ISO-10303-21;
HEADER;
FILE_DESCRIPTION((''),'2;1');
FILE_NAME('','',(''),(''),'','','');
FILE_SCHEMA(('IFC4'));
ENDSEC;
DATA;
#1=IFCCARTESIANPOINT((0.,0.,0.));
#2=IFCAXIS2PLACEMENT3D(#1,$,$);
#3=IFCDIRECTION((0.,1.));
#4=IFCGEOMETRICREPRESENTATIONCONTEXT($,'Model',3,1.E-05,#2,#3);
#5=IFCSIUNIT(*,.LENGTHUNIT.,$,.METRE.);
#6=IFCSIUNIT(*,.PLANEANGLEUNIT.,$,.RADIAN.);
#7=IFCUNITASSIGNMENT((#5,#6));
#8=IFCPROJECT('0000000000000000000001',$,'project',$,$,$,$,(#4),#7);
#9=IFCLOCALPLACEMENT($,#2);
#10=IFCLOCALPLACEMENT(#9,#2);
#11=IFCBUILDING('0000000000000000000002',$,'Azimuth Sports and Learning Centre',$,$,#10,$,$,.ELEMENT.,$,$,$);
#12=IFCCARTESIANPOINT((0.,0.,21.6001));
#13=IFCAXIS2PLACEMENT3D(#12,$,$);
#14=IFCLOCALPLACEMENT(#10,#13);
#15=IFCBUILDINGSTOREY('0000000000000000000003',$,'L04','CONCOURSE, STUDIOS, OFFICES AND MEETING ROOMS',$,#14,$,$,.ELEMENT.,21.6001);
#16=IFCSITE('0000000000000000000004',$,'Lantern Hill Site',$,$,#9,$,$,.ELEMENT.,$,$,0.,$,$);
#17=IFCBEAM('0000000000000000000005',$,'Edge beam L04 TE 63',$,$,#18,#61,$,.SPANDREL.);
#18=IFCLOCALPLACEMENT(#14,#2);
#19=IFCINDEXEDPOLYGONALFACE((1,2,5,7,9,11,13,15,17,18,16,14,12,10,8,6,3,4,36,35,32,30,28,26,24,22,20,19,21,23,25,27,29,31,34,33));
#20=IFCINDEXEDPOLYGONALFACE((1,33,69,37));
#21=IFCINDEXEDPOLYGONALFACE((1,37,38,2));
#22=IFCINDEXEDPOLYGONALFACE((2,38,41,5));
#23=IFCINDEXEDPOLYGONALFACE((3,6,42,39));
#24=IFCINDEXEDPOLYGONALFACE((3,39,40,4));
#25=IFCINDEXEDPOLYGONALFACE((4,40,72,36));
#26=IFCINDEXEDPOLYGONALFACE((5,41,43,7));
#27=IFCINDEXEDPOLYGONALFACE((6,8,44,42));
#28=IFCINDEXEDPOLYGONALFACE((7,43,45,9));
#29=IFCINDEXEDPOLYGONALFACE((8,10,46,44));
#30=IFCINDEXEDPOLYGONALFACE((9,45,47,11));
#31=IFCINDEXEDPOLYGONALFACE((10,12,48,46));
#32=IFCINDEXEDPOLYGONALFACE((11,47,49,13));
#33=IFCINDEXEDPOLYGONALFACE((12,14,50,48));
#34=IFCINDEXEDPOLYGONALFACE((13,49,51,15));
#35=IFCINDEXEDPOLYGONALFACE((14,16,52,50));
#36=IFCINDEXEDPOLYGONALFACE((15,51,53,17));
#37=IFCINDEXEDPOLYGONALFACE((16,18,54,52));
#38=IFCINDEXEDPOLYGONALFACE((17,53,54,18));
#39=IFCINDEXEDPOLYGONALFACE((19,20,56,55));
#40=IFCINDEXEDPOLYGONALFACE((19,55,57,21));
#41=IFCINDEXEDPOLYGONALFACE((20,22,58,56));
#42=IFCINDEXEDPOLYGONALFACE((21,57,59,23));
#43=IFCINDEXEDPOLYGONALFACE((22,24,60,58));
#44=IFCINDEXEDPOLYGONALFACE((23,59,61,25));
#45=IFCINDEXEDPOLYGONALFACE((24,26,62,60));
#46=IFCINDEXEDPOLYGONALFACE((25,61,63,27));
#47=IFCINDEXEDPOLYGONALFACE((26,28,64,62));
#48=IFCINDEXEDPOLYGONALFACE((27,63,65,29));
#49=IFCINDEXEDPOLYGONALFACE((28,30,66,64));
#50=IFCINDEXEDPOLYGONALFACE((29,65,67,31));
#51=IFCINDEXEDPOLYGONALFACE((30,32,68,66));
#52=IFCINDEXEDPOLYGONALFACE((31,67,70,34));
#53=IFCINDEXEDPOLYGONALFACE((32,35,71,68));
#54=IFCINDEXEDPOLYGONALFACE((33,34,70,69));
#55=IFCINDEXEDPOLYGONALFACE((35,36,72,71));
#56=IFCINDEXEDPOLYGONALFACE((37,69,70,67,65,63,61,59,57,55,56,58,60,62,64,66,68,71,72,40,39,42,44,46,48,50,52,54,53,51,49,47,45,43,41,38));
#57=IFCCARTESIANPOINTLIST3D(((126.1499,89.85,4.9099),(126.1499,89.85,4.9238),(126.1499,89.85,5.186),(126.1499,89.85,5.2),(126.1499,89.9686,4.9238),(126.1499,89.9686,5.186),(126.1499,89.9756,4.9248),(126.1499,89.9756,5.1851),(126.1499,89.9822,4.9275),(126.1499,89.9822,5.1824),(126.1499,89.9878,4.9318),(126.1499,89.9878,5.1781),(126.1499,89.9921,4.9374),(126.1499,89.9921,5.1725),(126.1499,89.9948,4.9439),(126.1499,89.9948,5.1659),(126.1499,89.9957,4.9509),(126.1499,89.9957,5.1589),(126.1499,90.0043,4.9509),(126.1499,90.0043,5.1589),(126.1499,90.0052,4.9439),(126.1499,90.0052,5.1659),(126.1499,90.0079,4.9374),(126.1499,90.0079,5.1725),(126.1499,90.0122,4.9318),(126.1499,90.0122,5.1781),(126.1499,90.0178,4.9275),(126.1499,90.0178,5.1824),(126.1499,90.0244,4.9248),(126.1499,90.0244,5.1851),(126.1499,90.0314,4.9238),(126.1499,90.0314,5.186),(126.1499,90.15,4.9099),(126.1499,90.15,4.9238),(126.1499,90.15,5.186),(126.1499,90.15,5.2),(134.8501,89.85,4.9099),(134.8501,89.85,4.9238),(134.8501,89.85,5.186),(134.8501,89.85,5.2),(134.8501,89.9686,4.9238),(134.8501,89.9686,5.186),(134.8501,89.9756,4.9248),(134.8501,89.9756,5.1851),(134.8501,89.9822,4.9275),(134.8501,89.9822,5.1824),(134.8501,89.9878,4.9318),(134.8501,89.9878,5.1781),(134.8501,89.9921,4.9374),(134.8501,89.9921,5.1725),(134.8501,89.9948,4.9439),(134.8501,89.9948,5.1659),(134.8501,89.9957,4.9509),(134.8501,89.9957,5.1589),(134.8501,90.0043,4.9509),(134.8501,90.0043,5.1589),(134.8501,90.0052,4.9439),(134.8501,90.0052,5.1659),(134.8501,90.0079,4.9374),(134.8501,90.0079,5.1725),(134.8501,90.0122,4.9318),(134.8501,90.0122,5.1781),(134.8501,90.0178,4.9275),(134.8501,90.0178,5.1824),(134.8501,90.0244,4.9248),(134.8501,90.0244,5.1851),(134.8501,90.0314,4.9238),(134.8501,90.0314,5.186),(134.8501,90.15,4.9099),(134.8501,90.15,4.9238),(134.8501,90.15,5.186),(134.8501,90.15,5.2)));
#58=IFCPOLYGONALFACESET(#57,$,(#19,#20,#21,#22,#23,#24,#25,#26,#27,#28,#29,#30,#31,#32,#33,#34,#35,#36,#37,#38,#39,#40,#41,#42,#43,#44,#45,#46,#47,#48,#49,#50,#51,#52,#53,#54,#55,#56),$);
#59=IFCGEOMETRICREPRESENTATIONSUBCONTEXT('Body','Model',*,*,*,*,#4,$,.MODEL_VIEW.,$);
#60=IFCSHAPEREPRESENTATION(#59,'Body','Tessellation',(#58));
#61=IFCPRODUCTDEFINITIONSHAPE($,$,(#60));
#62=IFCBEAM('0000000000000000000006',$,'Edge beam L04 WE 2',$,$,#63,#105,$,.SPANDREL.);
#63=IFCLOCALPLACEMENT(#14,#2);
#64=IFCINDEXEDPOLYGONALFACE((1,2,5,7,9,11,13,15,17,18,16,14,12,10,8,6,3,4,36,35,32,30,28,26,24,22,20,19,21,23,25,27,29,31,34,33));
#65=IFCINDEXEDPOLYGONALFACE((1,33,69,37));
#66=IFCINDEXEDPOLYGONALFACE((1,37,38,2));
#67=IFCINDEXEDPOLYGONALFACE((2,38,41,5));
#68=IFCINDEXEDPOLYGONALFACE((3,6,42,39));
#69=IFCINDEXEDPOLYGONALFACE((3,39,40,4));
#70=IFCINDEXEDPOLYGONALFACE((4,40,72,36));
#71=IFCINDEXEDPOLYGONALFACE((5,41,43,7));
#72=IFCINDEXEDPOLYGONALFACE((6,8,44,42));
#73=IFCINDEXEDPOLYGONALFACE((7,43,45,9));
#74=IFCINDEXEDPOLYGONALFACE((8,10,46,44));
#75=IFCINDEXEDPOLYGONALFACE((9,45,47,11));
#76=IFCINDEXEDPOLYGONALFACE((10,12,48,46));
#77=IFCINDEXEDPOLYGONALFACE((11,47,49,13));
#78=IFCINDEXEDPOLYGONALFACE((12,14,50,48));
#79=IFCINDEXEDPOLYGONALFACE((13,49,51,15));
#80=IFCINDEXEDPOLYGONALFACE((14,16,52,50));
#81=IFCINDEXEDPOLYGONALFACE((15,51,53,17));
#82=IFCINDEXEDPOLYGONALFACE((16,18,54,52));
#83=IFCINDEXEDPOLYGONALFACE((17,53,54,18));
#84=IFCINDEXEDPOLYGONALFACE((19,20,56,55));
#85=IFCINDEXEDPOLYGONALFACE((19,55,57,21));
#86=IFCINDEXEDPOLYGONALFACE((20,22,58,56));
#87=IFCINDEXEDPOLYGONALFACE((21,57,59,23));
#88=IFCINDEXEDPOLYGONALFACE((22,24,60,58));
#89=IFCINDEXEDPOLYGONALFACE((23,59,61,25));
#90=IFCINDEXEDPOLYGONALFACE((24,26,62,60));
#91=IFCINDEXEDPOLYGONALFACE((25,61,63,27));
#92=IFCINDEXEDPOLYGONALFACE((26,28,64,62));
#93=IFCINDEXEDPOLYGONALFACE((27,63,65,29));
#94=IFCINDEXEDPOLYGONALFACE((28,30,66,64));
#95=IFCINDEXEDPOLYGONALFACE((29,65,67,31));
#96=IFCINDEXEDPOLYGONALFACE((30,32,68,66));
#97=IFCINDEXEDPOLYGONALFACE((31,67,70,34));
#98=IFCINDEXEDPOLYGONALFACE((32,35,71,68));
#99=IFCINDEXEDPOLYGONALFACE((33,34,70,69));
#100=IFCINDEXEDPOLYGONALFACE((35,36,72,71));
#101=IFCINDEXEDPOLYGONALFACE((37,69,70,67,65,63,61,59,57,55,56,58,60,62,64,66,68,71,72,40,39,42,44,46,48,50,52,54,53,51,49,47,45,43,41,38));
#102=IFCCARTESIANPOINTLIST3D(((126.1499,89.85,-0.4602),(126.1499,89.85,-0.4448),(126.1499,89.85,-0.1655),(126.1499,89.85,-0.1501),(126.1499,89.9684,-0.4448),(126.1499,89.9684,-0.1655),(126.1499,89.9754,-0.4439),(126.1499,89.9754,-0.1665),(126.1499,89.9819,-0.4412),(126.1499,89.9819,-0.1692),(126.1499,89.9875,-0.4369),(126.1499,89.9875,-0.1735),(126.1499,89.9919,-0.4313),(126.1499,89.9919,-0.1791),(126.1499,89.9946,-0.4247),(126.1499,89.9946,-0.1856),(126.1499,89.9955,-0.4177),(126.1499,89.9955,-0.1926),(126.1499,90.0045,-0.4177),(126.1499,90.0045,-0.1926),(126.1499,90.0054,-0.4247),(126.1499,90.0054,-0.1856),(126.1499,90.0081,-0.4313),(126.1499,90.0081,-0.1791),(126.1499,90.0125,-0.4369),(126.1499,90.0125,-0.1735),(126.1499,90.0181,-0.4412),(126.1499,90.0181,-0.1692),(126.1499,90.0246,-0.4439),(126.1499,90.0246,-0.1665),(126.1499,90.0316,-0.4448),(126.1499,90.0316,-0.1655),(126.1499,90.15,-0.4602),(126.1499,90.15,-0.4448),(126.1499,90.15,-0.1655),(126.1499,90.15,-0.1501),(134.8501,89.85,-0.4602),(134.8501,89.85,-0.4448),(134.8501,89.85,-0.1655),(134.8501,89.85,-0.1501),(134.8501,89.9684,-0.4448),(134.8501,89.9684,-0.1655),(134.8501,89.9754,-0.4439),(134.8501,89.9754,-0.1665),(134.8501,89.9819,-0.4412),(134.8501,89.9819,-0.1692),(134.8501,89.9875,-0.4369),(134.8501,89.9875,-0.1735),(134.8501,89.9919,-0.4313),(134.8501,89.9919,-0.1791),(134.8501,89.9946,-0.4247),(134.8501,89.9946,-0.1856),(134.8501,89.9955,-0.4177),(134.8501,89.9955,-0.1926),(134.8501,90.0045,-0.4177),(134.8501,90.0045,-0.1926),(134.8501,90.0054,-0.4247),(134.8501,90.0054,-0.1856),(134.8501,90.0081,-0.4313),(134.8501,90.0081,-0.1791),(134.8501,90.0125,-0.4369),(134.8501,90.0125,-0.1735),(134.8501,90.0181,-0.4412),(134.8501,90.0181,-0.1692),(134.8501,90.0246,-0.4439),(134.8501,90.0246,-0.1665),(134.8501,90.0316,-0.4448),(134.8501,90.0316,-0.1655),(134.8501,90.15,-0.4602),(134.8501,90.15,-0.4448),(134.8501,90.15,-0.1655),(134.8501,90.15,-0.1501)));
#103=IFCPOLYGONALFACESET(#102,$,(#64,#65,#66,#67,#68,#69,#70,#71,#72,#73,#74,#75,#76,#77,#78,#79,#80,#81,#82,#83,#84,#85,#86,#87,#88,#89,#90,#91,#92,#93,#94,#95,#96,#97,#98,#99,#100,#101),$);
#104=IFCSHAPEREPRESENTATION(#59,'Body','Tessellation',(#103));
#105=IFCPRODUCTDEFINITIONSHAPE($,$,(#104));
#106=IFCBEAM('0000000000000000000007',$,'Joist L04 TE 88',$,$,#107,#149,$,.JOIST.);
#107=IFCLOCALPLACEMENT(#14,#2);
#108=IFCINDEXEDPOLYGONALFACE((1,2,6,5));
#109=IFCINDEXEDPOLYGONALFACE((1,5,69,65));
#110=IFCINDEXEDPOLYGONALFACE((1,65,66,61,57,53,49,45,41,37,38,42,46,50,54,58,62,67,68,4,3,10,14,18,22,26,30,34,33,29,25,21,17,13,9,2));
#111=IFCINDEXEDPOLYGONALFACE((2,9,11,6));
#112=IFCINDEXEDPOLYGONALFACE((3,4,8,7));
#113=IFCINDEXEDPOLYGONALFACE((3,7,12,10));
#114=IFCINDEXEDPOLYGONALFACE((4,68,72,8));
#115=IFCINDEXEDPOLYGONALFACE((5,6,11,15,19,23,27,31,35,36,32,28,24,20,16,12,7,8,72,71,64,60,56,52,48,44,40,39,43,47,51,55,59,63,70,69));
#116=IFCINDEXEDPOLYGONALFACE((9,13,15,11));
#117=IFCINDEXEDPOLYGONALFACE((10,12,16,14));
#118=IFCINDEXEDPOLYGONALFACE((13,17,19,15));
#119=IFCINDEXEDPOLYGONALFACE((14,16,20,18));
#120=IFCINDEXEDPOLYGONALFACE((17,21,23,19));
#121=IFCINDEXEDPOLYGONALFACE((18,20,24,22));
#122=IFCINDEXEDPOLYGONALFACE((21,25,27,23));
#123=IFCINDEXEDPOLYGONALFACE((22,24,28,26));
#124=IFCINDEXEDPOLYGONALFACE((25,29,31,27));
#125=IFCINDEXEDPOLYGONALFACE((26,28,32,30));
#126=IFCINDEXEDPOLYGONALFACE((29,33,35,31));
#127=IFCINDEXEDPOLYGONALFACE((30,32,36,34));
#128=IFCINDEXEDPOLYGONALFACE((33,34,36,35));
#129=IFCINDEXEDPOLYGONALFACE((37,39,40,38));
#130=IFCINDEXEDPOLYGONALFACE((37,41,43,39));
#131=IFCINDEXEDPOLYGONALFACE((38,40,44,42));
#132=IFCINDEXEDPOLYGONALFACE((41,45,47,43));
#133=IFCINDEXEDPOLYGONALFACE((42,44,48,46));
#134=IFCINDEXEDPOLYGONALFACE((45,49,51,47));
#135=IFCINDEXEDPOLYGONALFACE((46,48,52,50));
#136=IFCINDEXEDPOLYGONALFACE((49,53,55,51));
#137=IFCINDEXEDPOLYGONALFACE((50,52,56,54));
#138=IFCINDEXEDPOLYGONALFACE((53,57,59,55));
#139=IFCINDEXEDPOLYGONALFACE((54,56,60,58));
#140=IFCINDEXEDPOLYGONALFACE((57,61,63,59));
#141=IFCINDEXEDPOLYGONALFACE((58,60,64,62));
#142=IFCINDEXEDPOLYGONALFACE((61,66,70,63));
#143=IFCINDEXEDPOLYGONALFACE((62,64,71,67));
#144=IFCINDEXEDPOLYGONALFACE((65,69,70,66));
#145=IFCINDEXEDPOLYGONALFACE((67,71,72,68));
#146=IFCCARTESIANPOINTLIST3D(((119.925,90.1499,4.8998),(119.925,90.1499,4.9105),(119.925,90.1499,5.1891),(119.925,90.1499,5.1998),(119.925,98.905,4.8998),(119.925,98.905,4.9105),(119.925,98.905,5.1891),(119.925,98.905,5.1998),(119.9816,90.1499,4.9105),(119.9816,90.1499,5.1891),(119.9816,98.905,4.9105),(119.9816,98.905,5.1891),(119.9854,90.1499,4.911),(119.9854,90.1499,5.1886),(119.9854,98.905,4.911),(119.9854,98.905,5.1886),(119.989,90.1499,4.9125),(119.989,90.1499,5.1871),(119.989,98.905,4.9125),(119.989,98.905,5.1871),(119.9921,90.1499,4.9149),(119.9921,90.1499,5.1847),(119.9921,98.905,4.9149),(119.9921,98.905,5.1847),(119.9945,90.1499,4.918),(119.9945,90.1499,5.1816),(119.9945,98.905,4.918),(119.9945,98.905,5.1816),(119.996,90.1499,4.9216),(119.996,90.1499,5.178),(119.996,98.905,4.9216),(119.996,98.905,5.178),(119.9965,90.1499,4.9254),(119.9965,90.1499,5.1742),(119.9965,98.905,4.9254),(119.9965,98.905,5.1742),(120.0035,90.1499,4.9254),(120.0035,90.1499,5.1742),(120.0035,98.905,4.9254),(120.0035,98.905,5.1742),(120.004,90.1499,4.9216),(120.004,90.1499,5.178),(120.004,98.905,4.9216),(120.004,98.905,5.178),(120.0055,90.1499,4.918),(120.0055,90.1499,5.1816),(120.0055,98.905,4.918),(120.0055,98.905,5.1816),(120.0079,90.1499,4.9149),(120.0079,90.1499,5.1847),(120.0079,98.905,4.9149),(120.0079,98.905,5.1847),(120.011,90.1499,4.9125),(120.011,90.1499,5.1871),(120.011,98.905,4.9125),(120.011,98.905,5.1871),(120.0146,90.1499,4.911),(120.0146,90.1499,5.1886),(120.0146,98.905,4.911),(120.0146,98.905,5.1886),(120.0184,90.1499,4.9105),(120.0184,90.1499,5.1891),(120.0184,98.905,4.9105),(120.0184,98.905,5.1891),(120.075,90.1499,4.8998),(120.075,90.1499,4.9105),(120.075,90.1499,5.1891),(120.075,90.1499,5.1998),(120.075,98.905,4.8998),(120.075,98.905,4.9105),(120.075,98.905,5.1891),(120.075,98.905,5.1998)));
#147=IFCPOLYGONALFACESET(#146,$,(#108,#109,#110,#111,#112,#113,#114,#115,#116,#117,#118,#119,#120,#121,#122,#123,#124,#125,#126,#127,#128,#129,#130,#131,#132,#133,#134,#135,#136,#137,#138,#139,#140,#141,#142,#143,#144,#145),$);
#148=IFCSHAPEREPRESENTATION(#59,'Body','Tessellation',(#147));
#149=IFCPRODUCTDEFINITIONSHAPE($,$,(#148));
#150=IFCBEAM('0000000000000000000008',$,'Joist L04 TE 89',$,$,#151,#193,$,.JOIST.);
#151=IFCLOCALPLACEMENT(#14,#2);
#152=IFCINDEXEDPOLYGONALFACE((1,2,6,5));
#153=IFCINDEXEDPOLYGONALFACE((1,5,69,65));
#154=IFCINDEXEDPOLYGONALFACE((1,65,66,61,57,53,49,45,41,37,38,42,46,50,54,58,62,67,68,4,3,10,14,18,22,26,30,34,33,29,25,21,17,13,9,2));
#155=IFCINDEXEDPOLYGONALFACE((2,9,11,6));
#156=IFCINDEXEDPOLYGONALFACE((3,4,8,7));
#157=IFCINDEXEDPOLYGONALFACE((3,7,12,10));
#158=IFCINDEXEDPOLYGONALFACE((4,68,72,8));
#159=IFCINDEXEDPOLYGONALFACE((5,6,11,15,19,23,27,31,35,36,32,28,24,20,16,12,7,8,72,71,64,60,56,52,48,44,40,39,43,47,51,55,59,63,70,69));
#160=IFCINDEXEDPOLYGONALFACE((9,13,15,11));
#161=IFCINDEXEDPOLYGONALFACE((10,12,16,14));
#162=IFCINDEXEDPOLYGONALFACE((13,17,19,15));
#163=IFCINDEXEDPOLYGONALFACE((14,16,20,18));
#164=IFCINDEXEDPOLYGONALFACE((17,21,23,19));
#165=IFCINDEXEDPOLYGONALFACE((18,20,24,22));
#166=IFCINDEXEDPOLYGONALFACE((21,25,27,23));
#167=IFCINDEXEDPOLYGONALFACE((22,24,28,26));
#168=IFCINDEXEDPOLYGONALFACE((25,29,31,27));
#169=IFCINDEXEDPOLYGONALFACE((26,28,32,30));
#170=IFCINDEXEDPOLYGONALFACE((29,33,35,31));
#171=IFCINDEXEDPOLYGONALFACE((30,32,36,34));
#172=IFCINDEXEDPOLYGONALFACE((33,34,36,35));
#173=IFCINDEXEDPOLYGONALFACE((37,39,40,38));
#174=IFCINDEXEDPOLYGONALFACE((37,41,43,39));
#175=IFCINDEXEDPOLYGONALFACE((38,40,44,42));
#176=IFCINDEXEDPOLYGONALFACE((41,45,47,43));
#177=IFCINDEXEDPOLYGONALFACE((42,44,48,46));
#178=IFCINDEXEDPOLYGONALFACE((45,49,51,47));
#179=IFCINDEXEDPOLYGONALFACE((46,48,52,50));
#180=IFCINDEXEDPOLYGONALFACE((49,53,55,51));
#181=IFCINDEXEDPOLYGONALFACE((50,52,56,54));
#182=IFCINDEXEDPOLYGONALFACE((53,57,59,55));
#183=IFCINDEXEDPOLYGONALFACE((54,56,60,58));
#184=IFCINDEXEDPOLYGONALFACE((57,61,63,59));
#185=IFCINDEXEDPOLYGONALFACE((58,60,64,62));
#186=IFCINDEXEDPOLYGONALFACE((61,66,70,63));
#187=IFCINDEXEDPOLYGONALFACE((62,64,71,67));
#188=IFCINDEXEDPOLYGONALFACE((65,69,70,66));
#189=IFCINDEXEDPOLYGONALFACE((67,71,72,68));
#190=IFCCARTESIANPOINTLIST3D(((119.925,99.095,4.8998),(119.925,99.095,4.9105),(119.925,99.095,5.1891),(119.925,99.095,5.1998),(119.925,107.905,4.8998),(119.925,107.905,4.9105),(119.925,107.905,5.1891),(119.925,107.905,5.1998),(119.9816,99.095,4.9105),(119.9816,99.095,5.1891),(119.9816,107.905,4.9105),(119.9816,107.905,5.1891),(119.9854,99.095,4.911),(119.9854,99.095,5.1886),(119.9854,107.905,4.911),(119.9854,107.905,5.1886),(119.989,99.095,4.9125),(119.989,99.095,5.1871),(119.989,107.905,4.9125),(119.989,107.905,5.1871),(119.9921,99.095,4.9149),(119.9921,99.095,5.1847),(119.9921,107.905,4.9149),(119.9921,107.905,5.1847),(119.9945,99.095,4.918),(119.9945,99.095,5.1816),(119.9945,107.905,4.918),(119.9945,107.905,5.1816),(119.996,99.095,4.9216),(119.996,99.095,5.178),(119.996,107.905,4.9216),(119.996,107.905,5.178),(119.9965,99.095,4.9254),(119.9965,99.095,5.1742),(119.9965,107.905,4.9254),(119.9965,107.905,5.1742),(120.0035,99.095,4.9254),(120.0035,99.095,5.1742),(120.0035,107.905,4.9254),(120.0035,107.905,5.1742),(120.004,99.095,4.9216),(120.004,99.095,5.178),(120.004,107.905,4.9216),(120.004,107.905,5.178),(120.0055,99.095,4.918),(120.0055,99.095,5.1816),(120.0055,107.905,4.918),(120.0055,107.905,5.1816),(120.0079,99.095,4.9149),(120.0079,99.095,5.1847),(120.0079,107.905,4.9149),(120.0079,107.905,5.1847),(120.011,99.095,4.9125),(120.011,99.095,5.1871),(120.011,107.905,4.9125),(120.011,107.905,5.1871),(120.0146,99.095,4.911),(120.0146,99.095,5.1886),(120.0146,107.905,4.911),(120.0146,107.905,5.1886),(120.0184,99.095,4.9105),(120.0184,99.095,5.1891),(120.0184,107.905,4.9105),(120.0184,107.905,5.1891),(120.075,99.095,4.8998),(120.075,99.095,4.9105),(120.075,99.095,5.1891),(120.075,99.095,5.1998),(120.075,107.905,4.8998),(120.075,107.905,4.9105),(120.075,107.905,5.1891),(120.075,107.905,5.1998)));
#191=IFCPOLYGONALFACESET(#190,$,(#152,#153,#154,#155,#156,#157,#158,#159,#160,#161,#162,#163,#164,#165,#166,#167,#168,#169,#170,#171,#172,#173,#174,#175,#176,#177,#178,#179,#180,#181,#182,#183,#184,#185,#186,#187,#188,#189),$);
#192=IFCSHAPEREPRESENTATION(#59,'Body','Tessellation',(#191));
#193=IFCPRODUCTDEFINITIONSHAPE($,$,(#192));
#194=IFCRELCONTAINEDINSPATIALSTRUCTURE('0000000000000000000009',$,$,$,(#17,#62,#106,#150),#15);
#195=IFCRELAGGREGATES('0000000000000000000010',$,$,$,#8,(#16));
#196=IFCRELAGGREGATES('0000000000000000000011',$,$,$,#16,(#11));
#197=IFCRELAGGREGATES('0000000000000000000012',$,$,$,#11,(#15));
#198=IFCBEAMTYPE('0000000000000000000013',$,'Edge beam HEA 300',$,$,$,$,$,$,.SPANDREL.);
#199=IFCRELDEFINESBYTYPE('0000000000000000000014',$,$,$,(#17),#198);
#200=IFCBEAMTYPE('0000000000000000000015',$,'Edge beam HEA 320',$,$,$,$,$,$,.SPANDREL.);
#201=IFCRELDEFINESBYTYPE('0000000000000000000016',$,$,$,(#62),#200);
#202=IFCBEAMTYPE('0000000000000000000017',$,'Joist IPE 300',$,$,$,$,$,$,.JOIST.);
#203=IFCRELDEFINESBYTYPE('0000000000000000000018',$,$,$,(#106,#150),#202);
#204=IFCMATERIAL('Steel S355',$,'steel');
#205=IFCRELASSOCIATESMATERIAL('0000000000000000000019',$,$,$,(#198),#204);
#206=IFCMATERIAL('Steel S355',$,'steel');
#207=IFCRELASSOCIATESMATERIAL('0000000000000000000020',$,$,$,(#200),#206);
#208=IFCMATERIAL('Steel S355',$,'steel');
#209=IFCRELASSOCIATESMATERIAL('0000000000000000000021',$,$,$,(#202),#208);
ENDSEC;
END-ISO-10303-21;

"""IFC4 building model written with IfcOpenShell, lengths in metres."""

from ifc_helpers import new_model, si_unit, direction, frame, origin, origin_2d, place, context, subcontext, project, spatial, i_section, extrude, material, material_profile, profile_set, type_object, element, save


model = new_model("IFC4")

# Units and contexts
model_context = context("Model", 3, precision=1e-05, world=origin(), true_north=direction((0.0, 1.0)))
body_context = subcontext(model_context, "Body", "Model", "MODEL_VIEW")
ifc_project = project(units=[si_unit("LENGTHUNIT", "METRE"), si_unit("PLANEANGLEUNIT", "RADIAN")], contexts=[model_context])

# Site, building, storey
site_placement = place(None, origin())
site = spatial("IfcSite", under=ifc_project, at=site_placement, Name="Lantern Hill Site", CompositionType="ELEMENT", RefElevation=0.0)
building_placement = place(site_placement, origin())
building = spatial("IfcBuilding", under=site, at=building_placement, Name="Azimuth Sports and Learning Centre", CompositionType="ELEMENT")
storey_placement = place(building_placement, frame((0.0, 0.0, 21.6001)))
storey = spatial("IfcBuildingStorey", under=building, at=storey_placement, Name="L04", Description="CONCOURSE, STUDIOS, OFFICES AND MEETING ROOMS", CompositionType="ELEMENT", Elevation=21.6001)

# Beams
ifc_material_1 = material(Name="Steel S355", Category="steel")
ifc_material_profile_1 = material_profile(ifc_material_1, i_section(OverallWidth=0.3, OverallDepth=0.29, WebThickness=0.0085, FlangeThickness=0.0139, FilletRadius=0.0271, at=origin_2d()), Name="HEA 300")
ifc_profile_set_1 = profile_set([ifc_material_profile_1], Name="Steel S355")
beam_type_1 = type_object("IfcBeamType", Name="Edge beam HEA 300", PredefinedType="SPANDREL", material=ifc_profile_set_1)
beam_1_placement = place(storey_placement, frame((126.1499, 90.0, 5.0549), z_axis=(1.0, 0.0, 0.0), x_axis=(0.0, 1.0, 0.0)))
element("IfcBeam", 1, at=beam_1_placement, inside=storey, type_object=beam_type_1, Name="Edge beam L04 TE 63", PredefinedType="SPANDREL", context=body_context, shape_type="SweptSolid", body=[
    extrude(i_section(OverallWidth=0.3, OverallDepth=0.29, WebThickness=0.0085, FlangeThickness=0.0139, FilletRadius=0.0271, at=origin_2d()), origin(), (0.0, 0.0, 1.0), 8.7002),
])
ifc_material_2 = material(Name="Steel S355", Category="steel")
ifc_material_profile_2 = material_profile(ifc_material_2, i_section(OverallWidth=0.3, OverallDepth=0.3101, WebThickness=0.009, FlangeThickness=0.0154, FilletRadius=0.0271, at=origin_2d()), Name="HEA 320")
ifc_profile_set_2 = profile_set([ifc_material_profile_2], Name="Steel S355")
beam_type_2 = type_object("IfcBeamType", Name="Edge beam HEA 320", PredefinedType="SPANDREL", material=ifc_profile_set_2)
beam_2_placement = place(storey_placement, frame((126.1499, 90.0, -0.3052), z_axis=(1.0, 0.0, 0.0), x_axis=(0.0, 1.0, 0.0)))
element("IfcBeam", 2, at=beam_2_placement, inside=storey, type_object=beam_type_2, Name="Edge beam L04 WE 2", PredefinedType="SPANDREL", context=body_context, shape_type="SweptSolid", body=[
    extrude(i_section(OverallWidth=0.3, OverallDepth=0.3101, WebThickness=0.009, FlangeThickness=0.0154, FilletRadius=0.0271, at=origin_2d()), origin(), (0.0, 0.0, 1.0), 8.7002),
])
ifc_material_3 = material(Name="Steel S355", Category="steel")
ifc_material_profile_3 = material_profile(ifc_material_3, i_section(OverallWidth=0.1499, OverallDepth=0.3, WebThickness=0.0071, FlangeThickness=0.0107, FilletRadius=0.0149, at=origin_2d()), Name="IPE 300")
ifc_profile_set_3 = profile_set([ifc_material_profile_3], Name="Steel S355")
beam_type_3 = type_object("IfcBeamType", Name="Joist IPE 300", PredefinedType="JOIST", material=ifc_profile_set_3)
beam_3_placement = place(storey_placement, frame((120.0, 90.1499, 5.0498), z_axis=(0.0, 1.0, 0.0), x_axis=(-1.0, 0.0, 0.0)))
element("IfcBeam", 3, at=beam_3_placement, inside=storey, type_object=beam_type_3, Name="Joist L04 TE 88", PredefinedType="JOIST", context=body_context, shape_type="SweptSolid", body=[
    extrude(i_section(OverallWidth=0.1499, OverallDepth=0.3, WebThickness=0.0071, FlangeThickness=0.0107, FilletRadius=0.0149, at=origin_2d()), origin(), (0.0, 0.0, 1.0), 8.7551),
])
beam_4_placement = place(storey_placement, frame((120.0, 99.095, 5.0498), z_axis=(0.0, 1.0, 0.0), x_axis=(-1.0, 0.0, 0.0)))
element("IfcBeam", 4, at=beam_4_placement, inside=storey, type_object=beam_type_3, Name="Joist L04 TE 89", PredefinedType="JOIST", context=body_context, shape_type="SweptSolid", body=[
    extrude(i_section(OverallWidth=0.1499, OverallDepth=0.3, WebThickness=0.0071, FlangeThickness=0.0107, FilletRadius=0.0149, at=origin_2d()), origin(), (0.0, 0.0, 1.0), 8.8101),
])

save(model, "model.ifc")
